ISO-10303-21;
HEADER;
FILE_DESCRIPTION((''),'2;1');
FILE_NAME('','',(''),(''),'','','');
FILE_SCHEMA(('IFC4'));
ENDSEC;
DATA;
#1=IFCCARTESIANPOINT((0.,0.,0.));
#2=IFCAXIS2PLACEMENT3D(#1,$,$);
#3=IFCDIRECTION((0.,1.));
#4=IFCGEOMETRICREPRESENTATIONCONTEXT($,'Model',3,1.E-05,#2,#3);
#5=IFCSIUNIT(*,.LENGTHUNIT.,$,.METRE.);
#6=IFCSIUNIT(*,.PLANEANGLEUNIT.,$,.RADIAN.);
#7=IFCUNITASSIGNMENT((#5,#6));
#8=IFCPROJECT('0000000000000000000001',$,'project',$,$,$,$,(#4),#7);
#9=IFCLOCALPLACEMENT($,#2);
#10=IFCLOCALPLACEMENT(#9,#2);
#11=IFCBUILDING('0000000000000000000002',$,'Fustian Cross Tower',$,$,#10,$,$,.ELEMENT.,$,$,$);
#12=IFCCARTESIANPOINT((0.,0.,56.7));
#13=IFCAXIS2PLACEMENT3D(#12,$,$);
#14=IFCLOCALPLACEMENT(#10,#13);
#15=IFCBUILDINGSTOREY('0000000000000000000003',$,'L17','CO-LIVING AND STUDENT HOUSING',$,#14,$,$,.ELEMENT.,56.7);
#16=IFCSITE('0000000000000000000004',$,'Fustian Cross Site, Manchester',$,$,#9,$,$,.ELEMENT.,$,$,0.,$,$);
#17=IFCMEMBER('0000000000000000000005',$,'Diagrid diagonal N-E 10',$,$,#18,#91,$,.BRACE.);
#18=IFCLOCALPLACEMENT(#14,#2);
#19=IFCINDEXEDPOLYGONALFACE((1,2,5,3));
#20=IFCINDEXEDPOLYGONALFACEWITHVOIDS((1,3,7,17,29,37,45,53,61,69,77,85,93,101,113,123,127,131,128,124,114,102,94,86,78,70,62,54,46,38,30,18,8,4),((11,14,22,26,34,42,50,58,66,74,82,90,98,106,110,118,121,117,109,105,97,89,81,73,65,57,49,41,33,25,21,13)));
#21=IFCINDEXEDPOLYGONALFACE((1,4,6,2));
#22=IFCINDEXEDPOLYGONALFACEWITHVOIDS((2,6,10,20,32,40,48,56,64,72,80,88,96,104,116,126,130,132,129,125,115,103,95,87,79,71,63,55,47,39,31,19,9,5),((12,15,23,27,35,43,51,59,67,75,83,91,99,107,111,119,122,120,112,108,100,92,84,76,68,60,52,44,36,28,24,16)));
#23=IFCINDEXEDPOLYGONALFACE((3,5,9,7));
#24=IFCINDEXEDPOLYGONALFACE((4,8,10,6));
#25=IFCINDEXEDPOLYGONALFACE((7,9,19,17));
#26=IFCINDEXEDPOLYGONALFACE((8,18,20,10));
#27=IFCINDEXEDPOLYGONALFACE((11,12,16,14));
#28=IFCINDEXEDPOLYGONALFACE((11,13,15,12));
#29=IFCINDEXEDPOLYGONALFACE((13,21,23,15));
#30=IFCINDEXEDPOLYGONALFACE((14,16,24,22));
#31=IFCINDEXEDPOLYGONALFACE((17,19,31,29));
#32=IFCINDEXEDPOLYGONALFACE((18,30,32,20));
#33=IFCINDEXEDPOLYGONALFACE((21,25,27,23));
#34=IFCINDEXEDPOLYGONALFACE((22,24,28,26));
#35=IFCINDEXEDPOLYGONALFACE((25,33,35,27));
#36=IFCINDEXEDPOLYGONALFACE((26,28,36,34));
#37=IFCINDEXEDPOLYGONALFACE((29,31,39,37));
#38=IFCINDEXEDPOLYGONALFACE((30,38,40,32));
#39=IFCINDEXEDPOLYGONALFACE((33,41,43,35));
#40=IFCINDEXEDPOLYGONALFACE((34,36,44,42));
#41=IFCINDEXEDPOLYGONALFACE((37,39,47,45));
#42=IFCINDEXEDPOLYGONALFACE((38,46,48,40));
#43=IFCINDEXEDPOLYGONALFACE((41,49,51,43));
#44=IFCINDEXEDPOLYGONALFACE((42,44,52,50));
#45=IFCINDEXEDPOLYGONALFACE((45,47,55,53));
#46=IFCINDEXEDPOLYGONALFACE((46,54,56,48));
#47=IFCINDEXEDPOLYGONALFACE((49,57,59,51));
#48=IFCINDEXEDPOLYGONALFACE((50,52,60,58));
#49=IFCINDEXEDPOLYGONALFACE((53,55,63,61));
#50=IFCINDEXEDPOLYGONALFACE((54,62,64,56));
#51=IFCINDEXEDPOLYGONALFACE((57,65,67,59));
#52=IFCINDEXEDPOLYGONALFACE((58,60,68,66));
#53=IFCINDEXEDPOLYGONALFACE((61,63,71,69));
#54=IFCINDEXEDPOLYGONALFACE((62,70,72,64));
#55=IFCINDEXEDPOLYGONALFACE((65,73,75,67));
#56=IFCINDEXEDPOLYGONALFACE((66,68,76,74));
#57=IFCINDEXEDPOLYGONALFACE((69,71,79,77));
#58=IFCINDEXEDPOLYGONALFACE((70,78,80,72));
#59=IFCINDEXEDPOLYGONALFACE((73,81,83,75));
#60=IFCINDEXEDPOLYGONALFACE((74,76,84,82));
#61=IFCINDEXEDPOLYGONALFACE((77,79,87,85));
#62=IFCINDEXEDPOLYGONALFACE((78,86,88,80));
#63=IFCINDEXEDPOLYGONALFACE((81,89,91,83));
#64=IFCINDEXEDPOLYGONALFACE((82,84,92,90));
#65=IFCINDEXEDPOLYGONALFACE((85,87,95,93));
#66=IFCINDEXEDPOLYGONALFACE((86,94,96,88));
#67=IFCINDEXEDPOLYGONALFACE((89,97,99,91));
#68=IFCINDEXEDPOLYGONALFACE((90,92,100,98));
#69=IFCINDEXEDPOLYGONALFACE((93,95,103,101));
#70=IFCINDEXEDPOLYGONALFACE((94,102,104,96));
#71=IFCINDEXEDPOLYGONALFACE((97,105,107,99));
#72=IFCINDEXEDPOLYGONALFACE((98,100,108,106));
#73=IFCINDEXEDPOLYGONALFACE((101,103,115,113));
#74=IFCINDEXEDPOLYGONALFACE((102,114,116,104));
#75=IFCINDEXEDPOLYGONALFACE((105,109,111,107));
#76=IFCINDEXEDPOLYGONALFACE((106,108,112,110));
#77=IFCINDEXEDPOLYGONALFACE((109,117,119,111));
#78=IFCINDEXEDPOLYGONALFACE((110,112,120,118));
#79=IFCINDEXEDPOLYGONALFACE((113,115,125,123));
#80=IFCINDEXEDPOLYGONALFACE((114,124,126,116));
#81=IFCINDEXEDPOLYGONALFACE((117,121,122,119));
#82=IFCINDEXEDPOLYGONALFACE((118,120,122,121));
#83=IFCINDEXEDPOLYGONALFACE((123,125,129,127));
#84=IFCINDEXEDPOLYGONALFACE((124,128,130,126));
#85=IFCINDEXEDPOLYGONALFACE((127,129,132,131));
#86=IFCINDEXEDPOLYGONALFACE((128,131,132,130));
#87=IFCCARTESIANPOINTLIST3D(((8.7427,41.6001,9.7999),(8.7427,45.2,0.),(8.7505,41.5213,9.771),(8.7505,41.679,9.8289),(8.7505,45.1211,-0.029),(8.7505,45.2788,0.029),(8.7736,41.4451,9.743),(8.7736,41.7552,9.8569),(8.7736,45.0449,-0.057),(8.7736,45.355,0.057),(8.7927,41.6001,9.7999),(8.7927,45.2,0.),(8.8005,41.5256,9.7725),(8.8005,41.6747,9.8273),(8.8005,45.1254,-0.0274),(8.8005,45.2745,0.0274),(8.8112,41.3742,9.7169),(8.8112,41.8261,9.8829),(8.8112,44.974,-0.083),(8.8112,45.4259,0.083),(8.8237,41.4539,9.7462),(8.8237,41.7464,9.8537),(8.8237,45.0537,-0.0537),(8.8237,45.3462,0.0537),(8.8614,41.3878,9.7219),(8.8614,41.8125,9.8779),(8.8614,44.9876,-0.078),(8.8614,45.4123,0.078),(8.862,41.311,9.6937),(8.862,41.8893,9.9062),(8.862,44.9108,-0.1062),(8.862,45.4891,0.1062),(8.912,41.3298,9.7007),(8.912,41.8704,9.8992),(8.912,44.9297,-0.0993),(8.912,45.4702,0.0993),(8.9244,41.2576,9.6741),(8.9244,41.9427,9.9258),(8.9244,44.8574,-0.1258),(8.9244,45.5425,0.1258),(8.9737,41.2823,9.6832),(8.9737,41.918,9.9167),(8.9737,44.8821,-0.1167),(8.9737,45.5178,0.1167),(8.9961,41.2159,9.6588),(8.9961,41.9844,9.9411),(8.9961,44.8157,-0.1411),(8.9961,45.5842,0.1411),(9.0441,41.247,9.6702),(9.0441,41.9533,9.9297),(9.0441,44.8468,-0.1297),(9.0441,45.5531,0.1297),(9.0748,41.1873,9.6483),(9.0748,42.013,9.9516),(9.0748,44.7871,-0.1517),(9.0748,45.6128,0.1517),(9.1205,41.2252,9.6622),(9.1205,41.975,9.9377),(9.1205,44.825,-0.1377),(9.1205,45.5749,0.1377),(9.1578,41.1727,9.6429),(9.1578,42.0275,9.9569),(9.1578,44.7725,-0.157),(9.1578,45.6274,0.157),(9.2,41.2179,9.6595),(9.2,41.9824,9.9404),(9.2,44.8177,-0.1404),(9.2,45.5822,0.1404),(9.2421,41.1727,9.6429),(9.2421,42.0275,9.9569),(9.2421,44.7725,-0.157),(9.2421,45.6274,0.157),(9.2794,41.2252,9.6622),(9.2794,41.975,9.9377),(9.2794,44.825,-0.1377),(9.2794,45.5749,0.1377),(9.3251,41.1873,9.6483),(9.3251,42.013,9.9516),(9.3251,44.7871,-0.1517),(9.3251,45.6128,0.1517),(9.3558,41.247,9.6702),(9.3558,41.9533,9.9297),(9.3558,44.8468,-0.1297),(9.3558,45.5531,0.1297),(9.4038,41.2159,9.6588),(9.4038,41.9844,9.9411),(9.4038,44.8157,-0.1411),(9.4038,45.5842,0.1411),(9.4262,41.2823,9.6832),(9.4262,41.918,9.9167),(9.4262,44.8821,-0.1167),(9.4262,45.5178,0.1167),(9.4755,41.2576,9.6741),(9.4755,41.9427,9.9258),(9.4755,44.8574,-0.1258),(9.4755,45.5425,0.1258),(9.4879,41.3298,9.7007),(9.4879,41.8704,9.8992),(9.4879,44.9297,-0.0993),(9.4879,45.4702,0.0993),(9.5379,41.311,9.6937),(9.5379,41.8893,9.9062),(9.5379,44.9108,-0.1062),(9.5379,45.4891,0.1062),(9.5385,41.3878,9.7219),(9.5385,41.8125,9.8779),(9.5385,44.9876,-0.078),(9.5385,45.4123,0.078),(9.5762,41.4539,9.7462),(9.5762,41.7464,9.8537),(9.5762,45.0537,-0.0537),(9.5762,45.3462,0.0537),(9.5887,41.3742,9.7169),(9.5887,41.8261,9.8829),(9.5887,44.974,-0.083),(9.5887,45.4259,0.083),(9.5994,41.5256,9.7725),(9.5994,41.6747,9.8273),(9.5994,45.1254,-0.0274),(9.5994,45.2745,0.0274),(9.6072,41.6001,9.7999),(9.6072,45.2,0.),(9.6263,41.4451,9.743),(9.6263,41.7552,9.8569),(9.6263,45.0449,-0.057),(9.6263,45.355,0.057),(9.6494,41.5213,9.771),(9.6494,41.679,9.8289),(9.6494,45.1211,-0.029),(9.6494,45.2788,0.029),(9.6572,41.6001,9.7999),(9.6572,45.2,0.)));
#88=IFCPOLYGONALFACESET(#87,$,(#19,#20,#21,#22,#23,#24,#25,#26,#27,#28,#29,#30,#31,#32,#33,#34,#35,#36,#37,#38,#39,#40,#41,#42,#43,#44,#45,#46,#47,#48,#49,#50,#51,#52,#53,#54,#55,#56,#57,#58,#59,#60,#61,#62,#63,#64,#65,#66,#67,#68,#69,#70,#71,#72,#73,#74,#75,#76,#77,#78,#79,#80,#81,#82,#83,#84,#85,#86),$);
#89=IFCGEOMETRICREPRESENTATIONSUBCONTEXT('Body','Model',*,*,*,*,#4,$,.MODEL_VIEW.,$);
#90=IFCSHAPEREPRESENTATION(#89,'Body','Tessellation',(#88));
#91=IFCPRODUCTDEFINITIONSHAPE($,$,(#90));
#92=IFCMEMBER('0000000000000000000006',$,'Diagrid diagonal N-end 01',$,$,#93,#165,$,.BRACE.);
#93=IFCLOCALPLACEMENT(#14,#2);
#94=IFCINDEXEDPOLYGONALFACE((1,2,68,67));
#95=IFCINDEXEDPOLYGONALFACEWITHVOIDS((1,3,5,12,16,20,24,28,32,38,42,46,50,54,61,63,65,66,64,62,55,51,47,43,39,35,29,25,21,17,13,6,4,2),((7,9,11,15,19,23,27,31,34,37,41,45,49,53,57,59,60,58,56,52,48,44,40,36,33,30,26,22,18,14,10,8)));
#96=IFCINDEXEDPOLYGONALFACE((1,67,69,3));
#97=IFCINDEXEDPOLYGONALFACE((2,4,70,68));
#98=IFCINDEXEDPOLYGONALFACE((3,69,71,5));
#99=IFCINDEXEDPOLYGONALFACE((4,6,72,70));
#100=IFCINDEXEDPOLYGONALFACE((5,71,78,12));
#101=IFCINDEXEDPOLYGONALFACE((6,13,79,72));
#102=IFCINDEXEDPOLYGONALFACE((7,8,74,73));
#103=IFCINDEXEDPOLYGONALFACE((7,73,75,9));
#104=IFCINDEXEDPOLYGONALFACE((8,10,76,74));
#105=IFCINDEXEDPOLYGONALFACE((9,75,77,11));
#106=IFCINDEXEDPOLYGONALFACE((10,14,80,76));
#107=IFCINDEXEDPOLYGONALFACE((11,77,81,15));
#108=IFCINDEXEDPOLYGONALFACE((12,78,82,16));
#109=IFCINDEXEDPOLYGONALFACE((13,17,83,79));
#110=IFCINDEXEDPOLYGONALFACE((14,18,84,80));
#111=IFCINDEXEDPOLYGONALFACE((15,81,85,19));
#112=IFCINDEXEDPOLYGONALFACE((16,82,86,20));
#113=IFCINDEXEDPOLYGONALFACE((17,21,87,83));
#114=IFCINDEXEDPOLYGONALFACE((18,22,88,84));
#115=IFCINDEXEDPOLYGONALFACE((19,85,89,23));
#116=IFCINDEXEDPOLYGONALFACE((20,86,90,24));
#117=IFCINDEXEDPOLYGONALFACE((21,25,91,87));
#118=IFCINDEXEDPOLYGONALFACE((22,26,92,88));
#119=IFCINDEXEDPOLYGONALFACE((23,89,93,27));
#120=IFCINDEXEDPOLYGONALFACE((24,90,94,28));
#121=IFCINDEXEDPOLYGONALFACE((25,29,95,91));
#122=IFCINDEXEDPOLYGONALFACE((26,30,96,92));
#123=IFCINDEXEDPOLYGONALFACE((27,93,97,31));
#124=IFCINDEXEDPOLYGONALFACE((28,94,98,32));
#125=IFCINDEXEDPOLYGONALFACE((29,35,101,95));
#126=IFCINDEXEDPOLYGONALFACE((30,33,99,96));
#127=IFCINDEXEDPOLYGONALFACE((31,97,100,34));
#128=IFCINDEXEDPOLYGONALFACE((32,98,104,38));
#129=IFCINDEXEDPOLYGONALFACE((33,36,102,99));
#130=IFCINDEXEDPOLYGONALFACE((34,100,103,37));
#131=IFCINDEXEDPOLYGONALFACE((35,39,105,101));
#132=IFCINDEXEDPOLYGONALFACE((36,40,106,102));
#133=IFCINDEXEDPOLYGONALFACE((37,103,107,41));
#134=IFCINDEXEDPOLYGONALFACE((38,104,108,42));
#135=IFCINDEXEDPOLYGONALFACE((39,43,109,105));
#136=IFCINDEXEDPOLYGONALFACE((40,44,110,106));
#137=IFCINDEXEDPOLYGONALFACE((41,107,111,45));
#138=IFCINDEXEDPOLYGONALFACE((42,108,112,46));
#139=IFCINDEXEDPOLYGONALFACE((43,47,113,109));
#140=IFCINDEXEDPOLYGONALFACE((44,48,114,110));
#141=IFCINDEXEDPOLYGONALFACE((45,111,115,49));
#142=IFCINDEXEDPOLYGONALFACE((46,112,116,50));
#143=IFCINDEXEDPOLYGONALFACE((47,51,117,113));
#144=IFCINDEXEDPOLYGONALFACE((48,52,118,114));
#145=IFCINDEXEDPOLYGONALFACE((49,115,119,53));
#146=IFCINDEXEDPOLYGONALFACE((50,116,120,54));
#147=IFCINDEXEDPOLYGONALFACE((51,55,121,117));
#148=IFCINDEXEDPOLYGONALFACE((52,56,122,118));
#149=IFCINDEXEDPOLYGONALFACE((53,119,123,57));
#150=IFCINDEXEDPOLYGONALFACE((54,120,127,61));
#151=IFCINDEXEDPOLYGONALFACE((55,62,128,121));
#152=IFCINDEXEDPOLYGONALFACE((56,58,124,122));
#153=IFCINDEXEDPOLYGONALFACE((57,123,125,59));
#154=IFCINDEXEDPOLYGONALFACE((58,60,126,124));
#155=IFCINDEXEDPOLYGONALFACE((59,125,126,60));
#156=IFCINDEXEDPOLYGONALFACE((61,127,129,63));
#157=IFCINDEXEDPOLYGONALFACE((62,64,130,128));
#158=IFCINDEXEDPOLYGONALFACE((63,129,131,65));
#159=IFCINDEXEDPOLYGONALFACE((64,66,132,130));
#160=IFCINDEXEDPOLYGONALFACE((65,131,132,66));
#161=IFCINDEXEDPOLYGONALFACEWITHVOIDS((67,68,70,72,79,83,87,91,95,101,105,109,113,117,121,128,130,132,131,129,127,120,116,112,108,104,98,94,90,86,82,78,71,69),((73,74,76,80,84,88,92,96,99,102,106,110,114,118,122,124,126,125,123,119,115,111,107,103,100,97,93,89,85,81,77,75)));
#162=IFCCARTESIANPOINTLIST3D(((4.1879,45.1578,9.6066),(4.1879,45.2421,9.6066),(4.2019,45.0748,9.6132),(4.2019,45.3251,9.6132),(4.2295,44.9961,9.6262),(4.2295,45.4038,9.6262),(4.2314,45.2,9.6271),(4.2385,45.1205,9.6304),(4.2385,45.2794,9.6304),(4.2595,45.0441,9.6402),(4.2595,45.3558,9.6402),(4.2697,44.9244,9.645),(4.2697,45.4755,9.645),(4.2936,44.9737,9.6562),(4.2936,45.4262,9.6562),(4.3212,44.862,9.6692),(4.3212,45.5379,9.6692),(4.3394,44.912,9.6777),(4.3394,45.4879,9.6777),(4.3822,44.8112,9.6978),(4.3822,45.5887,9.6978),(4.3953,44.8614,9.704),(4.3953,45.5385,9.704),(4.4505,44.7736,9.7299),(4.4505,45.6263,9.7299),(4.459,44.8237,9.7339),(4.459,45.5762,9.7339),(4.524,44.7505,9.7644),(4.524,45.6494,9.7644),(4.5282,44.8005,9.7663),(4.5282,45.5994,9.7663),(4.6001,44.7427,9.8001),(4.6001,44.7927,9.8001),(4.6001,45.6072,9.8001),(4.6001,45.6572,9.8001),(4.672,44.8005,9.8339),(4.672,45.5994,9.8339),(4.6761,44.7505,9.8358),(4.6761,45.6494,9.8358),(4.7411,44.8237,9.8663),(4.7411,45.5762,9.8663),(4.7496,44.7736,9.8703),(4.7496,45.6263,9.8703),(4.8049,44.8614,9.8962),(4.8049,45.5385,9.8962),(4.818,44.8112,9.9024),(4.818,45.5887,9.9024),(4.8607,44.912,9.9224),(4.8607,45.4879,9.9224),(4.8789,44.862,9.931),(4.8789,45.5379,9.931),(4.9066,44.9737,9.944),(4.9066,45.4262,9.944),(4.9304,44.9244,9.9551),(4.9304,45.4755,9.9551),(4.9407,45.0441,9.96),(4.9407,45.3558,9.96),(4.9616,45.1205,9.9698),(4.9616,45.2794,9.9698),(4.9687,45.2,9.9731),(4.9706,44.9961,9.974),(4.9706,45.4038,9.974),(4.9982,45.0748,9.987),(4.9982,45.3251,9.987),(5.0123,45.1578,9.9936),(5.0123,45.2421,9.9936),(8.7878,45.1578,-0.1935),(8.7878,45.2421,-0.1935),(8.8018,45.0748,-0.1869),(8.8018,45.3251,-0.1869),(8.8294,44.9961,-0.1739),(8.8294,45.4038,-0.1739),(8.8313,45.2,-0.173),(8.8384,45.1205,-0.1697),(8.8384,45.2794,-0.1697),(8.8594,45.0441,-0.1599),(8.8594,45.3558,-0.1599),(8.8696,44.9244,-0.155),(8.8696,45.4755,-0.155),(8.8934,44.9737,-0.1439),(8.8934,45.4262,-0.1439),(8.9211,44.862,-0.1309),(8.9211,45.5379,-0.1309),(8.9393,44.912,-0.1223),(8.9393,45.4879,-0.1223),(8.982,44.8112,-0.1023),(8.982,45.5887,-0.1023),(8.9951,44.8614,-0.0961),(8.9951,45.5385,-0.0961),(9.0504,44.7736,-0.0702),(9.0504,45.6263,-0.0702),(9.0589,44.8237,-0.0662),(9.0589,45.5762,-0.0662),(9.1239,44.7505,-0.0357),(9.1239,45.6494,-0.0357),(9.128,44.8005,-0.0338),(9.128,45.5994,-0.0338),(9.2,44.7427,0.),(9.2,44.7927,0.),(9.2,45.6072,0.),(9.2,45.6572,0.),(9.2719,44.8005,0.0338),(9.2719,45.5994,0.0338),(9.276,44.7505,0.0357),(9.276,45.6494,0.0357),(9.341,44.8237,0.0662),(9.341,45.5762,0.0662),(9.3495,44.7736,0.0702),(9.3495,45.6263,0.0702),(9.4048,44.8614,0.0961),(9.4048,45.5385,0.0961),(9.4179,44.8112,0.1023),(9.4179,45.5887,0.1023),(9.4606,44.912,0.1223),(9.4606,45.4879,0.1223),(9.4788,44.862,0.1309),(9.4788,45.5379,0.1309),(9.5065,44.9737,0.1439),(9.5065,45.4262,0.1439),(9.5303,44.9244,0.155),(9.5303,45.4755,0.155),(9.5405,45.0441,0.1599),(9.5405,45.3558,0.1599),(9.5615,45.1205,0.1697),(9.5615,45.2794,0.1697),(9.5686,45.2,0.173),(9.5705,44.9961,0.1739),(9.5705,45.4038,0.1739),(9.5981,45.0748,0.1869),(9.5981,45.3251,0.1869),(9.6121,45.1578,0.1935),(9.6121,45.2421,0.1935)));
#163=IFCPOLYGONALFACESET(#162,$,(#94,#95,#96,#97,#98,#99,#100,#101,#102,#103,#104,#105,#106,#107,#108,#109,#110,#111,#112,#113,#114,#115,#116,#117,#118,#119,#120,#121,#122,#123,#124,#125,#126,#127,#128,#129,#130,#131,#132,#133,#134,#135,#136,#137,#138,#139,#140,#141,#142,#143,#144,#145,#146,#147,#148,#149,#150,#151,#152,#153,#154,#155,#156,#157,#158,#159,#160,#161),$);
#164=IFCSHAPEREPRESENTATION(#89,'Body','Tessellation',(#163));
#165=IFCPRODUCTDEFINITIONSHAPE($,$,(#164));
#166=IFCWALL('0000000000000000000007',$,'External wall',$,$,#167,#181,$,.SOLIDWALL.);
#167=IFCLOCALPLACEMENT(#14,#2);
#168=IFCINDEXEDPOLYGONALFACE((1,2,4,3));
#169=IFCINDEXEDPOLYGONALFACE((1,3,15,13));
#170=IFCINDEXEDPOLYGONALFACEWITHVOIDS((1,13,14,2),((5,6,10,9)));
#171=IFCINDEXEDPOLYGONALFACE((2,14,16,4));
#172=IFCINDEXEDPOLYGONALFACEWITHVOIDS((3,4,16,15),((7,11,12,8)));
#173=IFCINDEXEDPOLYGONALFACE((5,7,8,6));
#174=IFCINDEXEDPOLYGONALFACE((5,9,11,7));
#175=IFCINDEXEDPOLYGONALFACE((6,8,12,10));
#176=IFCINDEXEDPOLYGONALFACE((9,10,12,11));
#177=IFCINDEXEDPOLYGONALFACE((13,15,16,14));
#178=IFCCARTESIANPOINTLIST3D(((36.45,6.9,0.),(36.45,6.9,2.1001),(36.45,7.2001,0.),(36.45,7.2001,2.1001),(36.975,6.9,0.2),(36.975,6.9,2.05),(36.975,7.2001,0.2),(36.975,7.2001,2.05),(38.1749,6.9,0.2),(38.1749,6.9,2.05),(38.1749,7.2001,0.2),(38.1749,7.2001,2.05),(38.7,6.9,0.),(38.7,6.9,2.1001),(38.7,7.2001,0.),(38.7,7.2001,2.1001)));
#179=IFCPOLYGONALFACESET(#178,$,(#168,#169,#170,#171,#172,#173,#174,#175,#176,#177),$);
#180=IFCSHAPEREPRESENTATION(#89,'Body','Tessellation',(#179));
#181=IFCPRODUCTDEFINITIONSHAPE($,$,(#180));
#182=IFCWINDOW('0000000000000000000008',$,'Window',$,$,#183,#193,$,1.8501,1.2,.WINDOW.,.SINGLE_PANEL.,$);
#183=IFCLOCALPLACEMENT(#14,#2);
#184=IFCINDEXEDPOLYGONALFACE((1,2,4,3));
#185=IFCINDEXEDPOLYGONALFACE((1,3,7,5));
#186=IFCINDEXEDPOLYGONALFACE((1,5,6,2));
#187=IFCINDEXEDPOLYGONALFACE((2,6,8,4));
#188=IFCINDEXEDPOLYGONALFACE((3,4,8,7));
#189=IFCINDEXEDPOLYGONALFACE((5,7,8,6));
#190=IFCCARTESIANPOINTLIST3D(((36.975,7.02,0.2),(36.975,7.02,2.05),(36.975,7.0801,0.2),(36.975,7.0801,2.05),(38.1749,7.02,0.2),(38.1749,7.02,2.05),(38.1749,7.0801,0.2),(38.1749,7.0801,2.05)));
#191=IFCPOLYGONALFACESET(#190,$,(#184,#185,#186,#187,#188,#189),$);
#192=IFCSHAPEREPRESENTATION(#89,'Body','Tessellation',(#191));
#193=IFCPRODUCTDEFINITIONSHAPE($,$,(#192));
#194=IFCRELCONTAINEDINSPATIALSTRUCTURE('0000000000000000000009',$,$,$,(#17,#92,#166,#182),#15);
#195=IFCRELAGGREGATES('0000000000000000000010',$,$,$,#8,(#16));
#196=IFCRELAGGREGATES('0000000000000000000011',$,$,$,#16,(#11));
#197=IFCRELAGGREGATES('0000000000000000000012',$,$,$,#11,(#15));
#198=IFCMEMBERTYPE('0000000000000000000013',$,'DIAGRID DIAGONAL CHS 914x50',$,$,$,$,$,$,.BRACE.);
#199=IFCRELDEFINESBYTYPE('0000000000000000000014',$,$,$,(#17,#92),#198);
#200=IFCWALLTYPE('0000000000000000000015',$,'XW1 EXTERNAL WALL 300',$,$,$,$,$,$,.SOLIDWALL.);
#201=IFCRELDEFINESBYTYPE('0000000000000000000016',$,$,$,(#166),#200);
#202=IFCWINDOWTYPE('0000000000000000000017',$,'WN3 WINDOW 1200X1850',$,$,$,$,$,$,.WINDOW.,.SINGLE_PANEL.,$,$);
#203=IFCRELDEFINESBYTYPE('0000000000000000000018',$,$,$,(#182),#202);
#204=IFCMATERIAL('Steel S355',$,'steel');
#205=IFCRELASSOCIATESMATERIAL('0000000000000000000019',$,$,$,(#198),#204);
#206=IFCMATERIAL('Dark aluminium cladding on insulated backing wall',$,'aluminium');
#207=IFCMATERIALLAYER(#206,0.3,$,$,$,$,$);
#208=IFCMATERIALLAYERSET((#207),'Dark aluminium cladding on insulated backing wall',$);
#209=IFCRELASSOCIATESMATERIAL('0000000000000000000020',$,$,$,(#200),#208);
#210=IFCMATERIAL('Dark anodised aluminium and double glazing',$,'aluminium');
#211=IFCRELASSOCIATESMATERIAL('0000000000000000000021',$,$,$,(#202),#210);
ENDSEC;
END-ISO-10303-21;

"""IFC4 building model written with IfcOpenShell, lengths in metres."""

from ifc_helpers import new_model, si_unit, direction, frame, frame_2d, origin, origin_2d, place, context, subcontext, project, spatial, rectangle, hollow_circle, extrude, material, layer, layer_set, material_profile, profile_set, type_object, element, fill, save


model = new_model("IFC4")

# Units and contexts
model_context = context("Model", 3, precision=1e-05, world=origin(), true_north=direction((0.0, 1.0)))
body_context = subcontext(model_context, "Body", "Model", "MODEL_VIEW")
ifc_project = project(units=[si_unit("LENGTHUNIT", "METRE"), si_unit("PLANEANGLEUNIT", "RADIAN")], contexts=[model_context])

# Site, building, storey
site_placement = place(None, origin())
site = spatial("IfcSite", under=ifc_project, at=site_placement, Name="Fustian Cross Site, Manchester", CompositionType="ELEMENT", RefElevation=0.0)
building_placement = place(site_placement, origin())
building = spatial("IfcBuilding", under=site, at=building_placement, Name="Fustian Cross Tower", CompositionType="ELEMENT")
storey_placement = place(building_placement, frame((0.0, 0.0, 56.7)))
storey = spatial("IfcBuildingStorey", under=building, at=storey_placement, Name="L17", Description="CO-LIVING AND STUDENT HOUSING", CompositionType="ELEMENT", Elevation=56.7)

# Members
ifc_material_1 = material(Name="Steel S355", Category="steel")
ifc_material_profile_1 = material_profile(ifc_material_1, hollow_circle(Radius=0.4573, WallThickness=0.05, at=origin_2d()), Name="CHS 914x50")
ifc_profile_set_1 = profile_set([ifc_material_profile_1], Name="Steel S355")
member_type_1 = type_object("IfcMemberType", Name="DIAGRID DIAGONAL CHS 914x50", PredefinedType="BRACE", material=ifc_profile_set_1)
member_1_placement = place(storey_placement, frame((9.2, 45.2, 0.0), z_axis=(0.0, -0.344804, 0.938675), x_axis=(1.0, 0.0, 0.0)))
element("IfcMember", 1, at=member_1_placement, inside=storey, type_object=member_type_1, Name="Diagrid diagonal N-E 10", PredefinedType="BRACE", context=body_context, shape_type="SweptSolid", body=[
    extrude(hollow_circle(Radius=0.4573, WallThickness=0.05, at=origin_2d()), origin(), (0.0, 0.0, 1.0), 10.4402),
])
member_2_placement = place(storey_placement, frame((9.2, 45.2, 0.0), z_axis=(-0.424894, 0.0, 0.905243), x_axis=(0.0, -1.0, 0.0)))
element("IfcMember", 2, at=member_2_placement, inside=storey, type_object=member_type_1, Name="Diagrid diagonal N-end 01", PredefinedType="BRACE", context=body_context, shape_type="SweptSolid", body=[
    extrude(hollow_circle(Radius=0.4573, WallThickness=0.05, at=origin_2d()), origin(), (0.0, 0.0, 1.0), 10.8259),
])

# Wall, opening, window
ifc_material_2 = material(Name="Dark aluminium cladding on insulated backing wall", Category="aluminium")
ifc_layer = layer(ifc_material_2, 0.3)
ifc_layer_set = layer_set([ifc_layer], Name="Dark aluminium cladding on insulated backing wall")
wall_type = type_object("IfcWallType", Name="XW1 EXTERNAL WALL 300", PredefinedType="SOLIDWALL", material=ifc_layer_set)
wall_1_placement = place(storey_placement, frame((38.7, 7.05, 0.0), z_axis=(0.0, 0.0, 1.0), x_axis=(-1.0, 0.0, 0.0)))
wall_1 = element("IfcWall", 3, at=wall_1_placement, inside=storey, type_object=wall_type, Name="External wall", PredefinedType="SOLIDWALL", context=body_context, shape_type="SweptSolid", body=[
    extrude(rectangle(XDim=2.25, YDim=0.3, at=frame_2d((1.125, 0.0))), origin(), (0.0, 0.0, 1.0), 2.1001),
])
opening_1_placement = place(wall_1_placement, frame((0.5249, 0.0, 0.2)))
opening_1 = element("IfcOpeningElement", 4, at=opening_1_placement, cuts=wall_1, PredefinedType="OPENING", context=body_context, shape_type="SweptSolid", body=[
    extrude(rectangle(XDim=1.2, YDim=1.8501, at=frame_2d((0.6001, 0.925))), frame((0.0, 0.1599, 0.0), z_axis=(0.0, -1.0, 0.0), x_axis=(1.0, 0.0, 0.0)), (0.0, 0.0, 1.0), 0.3201),
])
ifc_material_3 = material(Name="Dark anodised aluminium and double glazing", Category="aluminium")
window_type_1 = type_object("IfcWindowType", Name="WN3 WINDOW 1200X1850", PartitioningType="SINGLE_PANEL", PredefinedType="WINDOW", material=ifc_material_3)
window_1_placement = place(opening_1_placement, origin())
window_1 = element("IfcWindow", 5, at=window_1_placement, inside=storey, type_object=window_type_1, Name="Window", OverallHeight=1.8501, OverallWidth=1.2, PartitioningType="SINGLE_PANEL", PredefinedType="WINDOW", context=body_context, shape_type="SweptSolid", body=[
    extrude(rectangle(XDim=1.2, YDim=1.8501, at=frame_2d((0.6001, 0.925))), frame((0.0, 0.03, 0.0), z_axis=(0.0, -1.0, 0.0), x_axis=(1.0, 0.0, 0.0)), (0.0, 0.0, 1.0), 0.0601),
])
fill(opening_1, window_1)

save(model, "model.ifc")
